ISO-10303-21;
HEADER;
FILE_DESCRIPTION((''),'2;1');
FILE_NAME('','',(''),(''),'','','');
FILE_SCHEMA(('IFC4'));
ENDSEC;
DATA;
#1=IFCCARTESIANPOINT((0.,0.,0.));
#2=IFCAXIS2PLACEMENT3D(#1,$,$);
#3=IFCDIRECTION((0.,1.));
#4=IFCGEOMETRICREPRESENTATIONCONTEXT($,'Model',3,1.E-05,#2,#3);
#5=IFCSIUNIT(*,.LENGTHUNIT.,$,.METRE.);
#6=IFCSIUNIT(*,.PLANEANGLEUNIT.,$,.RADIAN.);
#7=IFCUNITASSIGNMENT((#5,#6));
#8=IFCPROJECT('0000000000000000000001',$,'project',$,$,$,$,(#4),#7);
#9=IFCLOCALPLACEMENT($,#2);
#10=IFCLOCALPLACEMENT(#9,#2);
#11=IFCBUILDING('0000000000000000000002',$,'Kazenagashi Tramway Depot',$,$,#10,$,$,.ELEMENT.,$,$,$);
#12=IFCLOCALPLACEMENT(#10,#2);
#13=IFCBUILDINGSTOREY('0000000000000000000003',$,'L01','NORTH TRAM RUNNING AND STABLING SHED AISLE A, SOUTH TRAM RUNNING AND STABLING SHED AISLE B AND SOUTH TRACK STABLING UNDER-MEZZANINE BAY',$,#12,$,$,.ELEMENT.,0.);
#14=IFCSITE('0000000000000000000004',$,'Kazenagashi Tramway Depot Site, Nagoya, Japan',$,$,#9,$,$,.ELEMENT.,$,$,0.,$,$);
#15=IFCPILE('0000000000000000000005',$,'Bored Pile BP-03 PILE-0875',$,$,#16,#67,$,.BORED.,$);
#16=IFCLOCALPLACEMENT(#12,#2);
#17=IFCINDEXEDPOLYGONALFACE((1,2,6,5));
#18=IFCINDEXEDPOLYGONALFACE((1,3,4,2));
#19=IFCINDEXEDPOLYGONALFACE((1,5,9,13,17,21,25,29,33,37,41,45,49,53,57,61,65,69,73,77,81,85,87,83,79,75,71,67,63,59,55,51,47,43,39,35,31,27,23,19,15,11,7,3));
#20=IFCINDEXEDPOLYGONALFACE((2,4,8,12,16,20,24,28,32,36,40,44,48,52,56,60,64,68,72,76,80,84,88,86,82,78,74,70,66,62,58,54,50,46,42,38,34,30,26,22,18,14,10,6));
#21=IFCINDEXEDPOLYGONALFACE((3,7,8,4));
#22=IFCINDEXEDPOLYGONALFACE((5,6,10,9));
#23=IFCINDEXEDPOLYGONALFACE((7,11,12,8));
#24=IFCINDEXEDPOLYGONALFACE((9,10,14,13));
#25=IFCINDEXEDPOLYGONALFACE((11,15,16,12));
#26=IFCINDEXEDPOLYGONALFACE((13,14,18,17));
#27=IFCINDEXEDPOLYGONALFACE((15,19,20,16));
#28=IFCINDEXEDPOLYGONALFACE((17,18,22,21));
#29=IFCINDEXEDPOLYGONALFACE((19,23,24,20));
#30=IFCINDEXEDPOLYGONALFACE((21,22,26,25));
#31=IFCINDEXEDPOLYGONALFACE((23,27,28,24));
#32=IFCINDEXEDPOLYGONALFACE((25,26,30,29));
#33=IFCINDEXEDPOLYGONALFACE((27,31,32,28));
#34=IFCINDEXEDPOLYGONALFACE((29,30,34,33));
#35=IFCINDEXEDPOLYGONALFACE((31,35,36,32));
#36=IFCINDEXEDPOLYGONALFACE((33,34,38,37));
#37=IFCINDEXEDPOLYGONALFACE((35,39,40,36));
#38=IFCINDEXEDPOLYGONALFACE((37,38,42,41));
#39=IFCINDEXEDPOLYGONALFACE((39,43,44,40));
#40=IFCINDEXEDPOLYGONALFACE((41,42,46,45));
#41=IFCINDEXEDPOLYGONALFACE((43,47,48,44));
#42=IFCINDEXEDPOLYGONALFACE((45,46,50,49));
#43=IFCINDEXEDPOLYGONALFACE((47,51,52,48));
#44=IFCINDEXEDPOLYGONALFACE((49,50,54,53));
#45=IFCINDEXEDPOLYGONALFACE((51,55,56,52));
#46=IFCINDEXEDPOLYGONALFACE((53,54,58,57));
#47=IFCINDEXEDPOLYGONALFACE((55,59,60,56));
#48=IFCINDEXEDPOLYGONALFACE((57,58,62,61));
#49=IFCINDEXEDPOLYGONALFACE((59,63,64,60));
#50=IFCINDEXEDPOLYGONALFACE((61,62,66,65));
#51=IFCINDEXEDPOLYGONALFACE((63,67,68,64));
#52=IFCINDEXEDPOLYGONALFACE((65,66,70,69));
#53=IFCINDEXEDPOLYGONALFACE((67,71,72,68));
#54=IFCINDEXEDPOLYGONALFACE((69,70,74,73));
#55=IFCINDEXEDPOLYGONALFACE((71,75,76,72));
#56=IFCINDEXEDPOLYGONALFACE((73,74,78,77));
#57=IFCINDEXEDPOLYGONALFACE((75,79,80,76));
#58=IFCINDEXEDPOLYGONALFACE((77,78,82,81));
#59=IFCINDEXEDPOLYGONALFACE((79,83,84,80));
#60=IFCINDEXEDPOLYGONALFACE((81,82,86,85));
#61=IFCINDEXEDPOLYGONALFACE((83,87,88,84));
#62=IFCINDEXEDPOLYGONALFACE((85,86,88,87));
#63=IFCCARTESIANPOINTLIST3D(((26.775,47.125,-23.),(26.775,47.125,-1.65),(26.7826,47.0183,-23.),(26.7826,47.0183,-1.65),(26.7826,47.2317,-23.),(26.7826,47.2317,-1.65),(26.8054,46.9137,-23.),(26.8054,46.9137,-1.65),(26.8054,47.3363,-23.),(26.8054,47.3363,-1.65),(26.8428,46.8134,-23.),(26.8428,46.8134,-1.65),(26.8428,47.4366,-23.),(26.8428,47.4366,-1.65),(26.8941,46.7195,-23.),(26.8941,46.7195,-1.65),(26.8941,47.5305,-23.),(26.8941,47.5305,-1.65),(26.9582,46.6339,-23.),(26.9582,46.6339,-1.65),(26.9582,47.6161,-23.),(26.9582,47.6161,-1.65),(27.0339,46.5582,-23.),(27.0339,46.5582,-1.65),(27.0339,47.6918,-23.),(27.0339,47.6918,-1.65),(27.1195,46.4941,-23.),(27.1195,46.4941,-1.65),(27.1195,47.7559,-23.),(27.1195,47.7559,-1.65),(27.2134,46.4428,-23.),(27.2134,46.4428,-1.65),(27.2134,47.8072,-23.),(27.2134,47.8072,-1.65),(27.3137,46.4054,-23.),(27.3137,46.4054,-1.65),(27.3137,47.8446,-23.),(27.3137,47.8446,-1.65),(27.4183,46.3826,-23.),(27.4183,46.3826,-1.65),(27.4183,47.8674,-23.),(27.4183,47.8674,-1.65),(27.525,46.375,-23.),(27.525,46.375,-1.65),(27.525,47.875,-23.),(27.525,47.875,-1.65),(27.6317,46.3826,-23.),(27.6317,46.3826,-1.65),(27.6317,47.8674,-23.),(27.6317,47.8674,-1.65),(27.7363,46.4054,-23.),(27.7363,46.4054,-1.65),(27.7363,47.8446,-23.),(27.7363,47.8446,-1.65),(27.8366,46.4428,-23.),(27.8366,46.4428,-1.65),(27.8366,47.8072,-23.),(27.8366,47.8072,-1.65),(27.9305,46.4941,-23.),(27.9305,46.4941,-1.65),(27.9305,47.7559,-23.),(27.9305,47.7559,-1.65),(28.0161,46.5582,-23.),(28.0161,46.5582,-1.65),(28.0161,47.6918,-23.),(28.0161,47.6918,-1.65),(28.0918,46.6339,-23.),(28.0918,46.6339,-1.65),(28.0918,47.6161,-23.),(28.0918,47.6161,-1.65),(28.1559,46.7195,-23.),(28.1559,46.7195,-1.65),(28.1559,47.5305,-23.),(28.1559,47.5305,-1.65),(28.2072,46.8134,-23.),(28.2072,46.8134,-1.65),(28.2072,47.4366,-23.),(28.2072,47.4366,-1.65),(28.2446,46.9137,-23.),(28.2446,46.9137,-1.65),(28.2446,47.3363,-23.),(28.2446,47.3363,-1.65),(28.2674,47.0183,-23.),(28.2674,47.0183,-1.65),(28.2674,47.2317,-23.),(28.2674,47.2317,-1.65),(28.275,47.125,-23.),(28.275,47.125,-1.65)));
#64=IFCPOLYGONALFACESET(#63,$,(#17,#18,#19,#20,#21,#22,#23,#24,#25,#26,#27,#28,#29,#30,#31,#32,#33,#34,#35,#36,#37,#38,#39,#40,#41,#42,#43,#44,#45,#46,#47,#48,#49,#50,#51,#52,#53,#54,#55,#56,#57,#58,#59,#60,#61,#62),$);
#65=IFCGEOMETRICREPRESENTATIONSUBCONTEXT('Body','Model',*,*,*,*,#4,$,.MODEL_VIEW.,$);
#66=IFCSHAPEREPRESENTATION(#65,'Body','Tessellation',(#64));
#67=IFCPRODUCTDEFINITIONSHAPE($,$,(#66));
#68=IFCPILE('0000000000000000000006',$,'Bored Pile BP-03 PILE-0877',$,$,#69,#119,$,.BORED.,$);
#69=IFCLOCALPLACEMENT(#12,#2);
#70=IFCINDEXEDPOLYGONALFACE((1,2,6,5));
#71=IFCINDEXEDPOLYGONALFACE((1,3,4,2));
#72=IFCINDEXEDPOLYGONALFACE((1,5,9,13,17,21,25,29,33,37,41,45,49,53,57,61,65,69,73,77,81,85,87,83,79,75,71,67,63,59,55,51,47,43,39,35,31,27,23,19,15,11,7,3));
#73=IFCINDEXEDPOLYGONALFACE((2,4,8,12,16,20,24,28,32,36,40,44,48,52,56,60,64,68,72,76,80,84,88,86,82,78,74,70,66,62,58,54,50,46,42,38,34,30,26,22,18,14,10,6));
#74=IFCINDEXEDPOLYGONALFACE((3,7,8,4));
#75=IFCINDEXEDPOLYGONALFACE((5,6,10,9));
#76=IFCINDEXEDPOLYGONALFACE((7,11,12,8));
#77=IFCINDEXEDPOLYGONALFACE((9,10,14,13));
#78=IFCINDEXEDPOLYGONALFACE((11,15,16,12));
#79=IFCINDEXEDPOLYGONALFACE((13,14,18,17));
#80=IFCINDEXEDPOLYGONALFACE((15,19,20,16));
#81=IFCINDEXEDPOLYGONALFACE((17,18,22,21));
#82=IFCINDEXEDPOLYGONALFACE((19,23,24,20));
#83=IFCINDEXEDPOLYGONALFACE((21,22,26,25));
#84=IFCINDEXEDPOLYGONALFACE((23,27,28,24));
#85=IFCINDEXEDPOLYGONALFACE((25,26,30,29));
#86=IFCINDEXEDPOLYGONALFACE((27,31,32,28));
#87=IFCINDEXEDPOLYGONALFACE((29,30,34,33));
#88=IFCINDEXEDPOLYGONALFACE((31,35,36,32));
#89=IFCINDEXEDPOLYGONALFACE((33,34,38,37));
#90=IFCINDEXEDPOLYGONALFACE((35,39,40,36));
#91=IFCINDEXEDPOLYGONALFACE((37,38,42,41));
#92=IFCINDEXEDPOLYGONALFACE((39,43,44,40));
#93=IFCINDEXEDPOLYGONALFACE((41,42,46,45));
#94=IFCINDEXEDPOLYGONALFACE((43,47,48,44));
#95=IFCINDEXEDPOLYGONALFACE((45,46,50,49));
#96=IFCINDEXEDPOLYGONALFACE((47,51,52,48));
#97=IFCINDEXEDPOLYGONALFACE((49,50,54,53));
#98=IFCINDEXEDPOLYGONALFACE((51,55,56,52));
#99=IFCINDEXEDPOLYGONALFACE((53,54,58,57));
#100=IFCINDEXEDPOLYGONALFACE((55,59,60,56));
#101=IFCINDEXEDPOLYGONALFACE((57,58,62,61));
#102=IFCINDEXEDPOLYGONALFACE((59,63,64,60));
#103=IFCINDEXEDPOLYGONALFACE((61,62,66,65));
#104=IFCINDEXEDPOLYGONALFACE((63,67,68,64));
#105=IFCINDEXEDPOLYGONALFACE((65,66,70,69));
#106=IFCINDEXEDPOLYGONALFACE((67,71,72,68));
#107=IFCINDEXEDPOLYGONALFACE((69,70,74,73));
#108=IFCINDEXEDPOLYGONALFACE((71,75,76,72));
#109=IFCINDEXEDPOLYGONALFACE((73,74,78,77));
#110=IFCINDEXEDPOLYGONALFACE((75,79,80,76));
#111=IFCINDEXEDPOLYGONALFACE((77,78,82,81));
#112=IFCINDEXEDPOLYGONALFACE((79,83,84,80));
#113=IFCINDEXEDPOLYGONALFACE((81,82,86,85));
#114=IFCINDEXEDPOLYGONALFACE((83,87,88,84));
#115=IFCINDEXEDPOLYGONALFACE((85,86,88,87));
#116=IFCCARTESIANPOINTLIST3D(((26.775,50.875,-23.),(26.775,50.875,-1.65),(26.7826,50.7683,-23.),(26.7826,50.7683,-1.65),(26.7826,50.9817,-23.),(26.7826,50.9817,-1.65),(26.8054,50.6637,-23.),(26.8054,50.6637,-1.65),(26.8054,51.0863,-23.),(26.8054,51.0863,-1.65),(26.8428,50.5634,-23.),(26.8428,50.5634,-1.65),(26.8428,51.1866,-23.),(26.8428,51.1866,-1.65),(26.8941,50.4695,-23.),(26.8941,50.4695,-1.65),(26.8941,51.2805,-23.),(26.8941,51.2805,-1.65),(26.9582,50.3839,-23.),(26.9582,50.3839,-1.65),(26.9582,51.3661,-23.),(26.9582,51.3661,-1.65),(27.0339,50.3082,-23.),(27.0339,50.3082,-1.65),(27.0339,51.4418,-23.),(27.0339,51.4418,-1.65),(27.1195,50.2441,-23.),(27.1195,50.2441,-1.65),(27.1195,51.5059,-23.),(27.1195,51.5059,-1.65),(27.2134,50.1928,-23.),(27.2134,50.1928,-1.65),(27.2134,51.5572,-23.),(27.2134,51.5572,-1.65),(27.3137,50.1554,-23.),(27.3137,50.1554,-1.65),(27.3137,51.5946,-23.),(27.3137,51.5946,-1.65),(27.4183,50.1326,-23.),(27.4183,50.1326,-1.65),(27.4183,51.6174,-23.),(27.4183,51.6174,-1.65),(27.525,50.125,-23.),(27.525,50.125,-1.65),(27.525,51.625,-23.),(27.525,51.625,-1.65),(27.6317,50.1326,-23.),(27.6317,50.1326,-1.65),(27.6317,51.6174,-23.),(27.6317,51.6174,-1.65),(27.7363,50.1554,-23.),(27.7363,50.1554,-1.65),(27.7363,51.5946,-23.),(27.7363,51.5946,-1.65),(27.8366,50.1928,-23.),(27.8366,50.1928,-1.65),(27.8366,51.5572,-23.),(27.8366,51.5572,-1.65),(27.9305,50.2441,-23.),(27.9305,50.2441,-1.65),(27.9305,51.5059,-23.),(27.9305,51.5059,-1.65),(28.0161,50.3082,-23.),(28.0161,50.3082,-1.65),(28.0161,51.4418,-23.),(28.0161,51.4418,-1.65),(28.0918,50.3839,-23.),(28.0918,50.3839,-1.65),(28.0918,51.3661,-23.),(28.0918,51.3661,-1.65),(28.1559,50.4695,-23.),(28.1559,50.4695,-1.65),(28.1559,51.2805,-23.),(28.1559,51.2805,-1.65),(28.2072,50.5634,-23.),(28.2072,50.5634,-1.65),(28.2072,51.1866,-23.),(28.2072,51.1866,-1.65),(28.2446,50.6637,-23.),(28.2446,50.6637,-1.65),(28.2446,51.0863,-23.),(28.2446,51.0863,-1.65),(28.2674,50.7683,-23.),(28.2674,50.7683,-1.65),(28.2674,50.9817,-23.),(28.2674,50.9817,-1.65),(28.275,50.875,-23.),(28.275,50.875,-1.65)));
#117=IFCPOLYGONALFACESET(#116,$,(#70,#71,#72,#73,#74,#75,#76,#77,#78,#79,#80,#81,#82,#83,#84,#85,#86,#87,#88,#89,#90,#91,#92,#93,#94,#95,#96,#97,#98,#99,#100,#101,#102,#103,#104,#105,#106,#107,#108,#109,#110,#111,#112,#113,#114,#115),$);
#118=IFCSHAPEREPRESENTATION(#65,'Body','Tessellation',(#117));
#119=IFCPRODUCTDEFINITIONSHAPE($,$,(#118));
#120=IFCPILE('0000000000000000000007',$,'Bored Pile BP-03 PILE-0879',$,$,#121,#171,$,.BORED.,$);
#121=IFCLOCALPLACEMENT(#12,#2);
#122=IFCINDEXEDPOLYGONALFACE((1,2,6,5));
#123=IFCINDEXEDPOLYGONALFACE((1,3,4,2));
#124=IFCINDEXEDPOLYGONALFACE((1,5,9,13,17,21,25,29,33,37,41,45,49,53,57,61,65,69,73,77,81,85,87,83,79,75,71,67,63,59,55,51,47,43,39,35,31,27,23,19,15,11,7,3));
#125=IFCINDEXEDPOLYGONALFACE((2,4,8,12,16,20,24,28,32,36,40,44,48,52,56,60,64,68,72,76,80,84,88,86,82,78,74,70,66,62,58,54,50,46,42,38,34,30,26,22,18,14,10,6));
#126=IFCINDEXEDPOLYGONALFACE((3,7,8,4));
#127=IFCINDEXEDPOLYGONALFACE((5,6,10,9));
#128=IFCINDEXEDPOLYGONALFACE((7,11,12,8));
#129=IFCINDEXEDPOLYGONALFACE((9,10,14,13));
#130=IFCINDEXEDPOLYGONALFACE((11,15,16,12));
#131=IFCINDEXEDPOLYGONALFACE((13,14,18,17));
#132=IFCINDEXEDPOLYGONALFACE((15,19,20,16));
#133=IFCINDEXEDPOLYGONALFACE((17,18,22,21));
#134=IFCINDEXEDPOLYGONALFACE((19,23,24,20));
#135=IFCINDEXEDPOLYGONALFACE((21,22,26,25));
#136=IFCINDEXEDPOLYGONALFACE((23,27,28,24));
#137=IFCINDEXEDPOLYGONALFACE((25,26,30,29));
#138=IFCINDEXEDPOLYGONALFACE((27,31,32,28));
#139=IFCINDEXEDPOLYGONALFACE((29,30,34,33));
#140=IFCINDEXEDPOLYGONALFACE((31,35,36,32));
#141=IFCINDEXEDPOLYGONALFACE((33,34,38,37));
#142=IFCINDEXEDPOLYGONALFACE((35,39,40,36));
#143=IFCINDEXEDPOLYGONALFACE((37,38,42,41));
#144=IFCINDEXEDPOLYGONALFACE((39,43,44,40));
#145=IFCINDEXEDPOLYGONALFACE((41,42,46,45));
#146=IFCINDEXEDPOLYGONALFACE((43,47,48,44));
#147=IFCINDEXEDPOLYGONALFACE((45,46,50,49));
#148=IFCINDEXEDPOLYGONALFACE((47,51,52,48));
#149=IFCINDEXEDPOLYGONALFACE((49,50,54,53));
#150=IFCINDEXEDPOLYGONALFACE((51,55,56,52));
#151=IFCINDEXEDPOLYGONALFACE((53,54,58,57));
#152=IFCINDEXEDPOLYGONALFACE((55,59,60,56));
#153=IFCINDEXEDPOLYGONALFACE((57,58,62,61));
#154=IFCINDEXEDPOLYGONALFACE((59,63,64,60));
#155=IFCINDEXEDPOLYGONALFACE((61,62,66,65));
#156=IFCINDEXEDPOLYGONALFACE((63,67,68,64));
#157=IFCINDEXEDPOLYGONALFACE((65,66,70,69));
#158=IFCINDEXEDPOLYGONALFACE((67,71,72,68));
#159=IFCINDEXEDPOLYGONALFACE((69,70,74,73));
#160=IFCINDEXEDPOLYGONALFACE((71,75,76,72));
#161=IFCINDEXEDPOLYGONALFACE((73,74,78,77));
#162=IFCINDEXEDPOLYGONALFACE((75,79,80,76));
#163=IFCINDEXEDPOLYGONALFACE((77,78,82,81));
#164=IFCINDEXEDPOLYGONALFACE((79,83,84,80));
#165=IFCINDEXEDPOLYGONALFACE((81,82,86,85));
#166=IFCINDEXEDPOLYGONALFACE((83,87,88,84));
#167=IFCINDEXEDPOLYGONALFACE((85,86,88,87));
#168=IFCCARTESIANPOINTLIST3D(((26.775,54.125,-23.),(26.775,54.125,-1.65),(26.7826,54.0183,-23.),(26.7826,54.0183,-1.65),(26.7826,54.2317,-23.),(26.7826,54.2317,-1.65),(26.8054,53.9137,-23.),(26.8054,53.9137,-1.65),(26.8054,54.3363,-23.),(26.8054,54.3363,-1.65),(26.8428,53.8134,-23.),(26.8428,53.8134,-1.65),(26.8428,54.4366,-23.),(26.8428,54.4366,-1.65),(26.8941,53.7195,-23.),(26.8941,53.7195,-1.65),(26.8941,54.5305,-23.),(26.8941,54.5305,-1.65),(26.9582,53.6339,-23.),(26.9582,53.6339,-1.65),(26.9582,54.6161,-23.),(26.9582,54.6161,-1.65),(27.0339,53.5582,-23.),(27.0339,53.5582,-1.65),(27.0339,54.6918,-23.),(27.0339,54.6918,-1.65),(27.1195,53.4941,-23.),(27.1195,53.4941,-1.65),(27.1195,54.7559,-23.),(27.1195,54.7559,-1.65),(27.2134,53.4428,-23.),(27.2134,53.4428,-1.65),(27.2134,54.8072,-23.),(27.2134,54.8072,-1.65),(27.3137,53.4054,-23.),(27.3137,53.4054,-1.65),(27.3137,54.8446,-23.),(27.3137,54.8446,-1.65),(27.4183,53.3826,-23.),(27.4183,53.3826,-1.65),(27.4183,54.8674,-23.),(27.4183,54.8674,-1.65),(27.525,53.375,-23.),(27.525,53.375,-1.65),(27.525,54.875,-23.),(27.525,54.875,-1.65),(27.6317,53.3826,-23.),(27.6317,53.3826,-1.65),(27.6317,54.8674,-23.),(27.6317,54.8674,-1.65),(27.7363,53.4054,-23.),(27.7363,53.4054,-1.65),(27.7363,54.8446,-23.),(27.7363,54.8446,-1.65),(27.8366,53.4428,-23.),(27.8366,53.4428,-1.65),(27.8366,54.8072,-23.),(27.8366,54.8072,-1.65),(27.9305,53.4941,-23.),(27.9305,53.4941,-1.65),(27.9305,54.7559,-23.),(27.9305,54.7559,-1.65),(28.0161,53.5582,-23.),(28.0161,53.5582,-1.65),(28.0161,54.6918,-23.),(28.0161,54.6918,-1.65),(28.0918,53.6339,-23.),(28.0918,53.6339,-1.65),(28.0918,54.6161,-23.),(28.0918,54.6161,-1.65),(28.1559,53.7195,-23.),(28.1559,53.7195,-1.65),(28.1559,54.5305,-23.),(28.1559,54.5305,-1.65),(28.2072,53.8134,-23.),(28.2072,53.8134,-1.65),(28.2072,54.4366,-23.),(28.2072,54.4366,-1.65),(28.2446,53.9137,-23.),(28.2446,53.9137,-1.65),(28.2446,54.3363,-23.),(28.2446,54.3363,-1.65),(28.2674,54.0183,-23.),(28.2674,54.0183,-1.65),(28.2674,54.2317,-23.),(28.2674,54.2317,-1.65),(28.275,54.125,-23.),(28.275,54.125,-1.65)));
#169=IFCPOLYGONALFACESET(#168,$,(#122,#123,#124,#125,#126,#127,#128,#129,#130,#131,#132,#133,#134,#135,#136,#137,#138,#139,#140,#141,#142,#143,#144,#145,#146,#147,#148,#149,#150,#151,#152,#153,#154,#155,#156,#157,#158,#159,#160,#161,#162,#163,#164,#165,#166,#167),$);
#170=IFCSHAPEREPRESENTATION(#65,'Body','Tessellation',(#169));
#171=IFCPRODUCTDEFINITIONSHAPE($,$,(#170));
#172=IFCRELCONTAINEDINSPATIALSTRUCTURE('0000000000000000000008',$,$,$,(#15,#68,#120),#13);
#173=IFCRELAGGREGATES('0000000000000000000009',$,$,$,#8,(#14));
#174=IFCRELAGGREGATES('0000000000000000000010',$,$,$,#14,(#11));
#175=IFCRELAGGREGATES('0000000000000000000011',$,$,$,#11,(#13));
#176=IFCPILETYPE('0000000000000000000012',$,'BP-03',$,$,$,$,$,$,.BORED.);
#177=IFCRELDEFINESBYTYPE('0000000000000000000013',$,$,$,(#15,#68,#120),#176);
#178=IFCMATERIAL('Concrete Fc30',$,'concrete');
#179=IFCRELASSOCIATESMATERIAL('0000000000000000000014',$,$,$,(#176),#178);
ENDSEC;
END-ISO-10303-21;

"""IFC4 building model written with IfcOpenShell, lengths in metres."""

from ifc_helpers import new_model, si_unit, direction, frame, origin, origin_2d, place, context, subcontext, project, spatial, circle, extrude, material, material_profile, profile_set, type_object, element, save


model = new_model("IFC4")

# Units and contexts
model_context = context("Model", 3, precision=1e-05, world=origin(), true_north=direction((0.0, 1.0)))
body_context = subcontext(model_context, "Body", "Model", "MODEL_VIEW")
ifc_project = project(units=[si_unit("LENGTHUNIT", "METRE"), si_unit("PLANEANGLEUNIT", "RADIAN")], contexts=[model_context])

# Site, building, storey
site_placement = place(None, origin())
site = spatial("IfcSite", under=ifc_project, at=site_placement, Name="Kazenagashi Tramway Depot Site, Nagoya, Japan", CompositionType="ELEMENT", RefElevation=0.0)
building_placement = place(site_placement, origin())
building = spatial("IfcBuilding", under=site, at=building_placement, Name="Kazenagashi Tramway Depot", CompositionType="ELEMENT")
storey_placement = place(building_placement, origin())
storey = spatial("IfcBuildingStorey", under=building, at=storey_placement, Name="L01", Description="NORTH TRAM RUNNING AND STABLING SHED AISLE A, SOUTH TRAM RUNNING AND STABLING SHED AISLE B AND SOUTH TRACK STABLING UNDER-MEZZANINE BAY", CompositionType="ELEMENT", Elevation=0.0)

# Piles
ifc_material_1 = material(Name="Concrete Fc30", Category="concrete")
ifc_material_profile_1 = material_profile(ifc_material_1, circle(Radius=0.75, at=origin_2d()), Name="PILE-1500")
ifc_profile_set_1 = profile_set([ifc_material_profile_1], Name="Concrete Fc30")
pile_type = type_object("IfcPileType", Name="BP-03", PredefinedType="BORED", material=ifc_profile_set_1)
for number, where, z_axis, x_axis, name in (
    (1, (27.525, 47.125, -1.65), (0.0, 0.0, -1.0), (1.0, 0.0, 0.0), "Bored Pile BP-03 PILE-0875"),
    (2, (27.525, 50.875, -1.65), (0.0, 0.0, -1.0), (1.0, 0.0, 0.0), "Bored Pile BP-03 PILE-0877"),
    (3, (27.525, 54.125, -1.65), (0.0, 0.0, -1.0), (1.0, 0.0, 0.0), "Bored Pile BP-03 PILE-0879"),
):
    element("IfcPile", number, at=place(storey_placement, frame(where, z_axis=z_axis, x_axis=x_axis)), inside=storey, type_object=pile_type, Name=name, PredefinedType="BORED", context=body_context, shape_type="SweptSolid", body=[
        extrude(circle(Radius=0.75, at=origin_2d()), origin(), (0.0, 0.0, 1.0), 21.35),
    ])

save(model, "model.ifc")
